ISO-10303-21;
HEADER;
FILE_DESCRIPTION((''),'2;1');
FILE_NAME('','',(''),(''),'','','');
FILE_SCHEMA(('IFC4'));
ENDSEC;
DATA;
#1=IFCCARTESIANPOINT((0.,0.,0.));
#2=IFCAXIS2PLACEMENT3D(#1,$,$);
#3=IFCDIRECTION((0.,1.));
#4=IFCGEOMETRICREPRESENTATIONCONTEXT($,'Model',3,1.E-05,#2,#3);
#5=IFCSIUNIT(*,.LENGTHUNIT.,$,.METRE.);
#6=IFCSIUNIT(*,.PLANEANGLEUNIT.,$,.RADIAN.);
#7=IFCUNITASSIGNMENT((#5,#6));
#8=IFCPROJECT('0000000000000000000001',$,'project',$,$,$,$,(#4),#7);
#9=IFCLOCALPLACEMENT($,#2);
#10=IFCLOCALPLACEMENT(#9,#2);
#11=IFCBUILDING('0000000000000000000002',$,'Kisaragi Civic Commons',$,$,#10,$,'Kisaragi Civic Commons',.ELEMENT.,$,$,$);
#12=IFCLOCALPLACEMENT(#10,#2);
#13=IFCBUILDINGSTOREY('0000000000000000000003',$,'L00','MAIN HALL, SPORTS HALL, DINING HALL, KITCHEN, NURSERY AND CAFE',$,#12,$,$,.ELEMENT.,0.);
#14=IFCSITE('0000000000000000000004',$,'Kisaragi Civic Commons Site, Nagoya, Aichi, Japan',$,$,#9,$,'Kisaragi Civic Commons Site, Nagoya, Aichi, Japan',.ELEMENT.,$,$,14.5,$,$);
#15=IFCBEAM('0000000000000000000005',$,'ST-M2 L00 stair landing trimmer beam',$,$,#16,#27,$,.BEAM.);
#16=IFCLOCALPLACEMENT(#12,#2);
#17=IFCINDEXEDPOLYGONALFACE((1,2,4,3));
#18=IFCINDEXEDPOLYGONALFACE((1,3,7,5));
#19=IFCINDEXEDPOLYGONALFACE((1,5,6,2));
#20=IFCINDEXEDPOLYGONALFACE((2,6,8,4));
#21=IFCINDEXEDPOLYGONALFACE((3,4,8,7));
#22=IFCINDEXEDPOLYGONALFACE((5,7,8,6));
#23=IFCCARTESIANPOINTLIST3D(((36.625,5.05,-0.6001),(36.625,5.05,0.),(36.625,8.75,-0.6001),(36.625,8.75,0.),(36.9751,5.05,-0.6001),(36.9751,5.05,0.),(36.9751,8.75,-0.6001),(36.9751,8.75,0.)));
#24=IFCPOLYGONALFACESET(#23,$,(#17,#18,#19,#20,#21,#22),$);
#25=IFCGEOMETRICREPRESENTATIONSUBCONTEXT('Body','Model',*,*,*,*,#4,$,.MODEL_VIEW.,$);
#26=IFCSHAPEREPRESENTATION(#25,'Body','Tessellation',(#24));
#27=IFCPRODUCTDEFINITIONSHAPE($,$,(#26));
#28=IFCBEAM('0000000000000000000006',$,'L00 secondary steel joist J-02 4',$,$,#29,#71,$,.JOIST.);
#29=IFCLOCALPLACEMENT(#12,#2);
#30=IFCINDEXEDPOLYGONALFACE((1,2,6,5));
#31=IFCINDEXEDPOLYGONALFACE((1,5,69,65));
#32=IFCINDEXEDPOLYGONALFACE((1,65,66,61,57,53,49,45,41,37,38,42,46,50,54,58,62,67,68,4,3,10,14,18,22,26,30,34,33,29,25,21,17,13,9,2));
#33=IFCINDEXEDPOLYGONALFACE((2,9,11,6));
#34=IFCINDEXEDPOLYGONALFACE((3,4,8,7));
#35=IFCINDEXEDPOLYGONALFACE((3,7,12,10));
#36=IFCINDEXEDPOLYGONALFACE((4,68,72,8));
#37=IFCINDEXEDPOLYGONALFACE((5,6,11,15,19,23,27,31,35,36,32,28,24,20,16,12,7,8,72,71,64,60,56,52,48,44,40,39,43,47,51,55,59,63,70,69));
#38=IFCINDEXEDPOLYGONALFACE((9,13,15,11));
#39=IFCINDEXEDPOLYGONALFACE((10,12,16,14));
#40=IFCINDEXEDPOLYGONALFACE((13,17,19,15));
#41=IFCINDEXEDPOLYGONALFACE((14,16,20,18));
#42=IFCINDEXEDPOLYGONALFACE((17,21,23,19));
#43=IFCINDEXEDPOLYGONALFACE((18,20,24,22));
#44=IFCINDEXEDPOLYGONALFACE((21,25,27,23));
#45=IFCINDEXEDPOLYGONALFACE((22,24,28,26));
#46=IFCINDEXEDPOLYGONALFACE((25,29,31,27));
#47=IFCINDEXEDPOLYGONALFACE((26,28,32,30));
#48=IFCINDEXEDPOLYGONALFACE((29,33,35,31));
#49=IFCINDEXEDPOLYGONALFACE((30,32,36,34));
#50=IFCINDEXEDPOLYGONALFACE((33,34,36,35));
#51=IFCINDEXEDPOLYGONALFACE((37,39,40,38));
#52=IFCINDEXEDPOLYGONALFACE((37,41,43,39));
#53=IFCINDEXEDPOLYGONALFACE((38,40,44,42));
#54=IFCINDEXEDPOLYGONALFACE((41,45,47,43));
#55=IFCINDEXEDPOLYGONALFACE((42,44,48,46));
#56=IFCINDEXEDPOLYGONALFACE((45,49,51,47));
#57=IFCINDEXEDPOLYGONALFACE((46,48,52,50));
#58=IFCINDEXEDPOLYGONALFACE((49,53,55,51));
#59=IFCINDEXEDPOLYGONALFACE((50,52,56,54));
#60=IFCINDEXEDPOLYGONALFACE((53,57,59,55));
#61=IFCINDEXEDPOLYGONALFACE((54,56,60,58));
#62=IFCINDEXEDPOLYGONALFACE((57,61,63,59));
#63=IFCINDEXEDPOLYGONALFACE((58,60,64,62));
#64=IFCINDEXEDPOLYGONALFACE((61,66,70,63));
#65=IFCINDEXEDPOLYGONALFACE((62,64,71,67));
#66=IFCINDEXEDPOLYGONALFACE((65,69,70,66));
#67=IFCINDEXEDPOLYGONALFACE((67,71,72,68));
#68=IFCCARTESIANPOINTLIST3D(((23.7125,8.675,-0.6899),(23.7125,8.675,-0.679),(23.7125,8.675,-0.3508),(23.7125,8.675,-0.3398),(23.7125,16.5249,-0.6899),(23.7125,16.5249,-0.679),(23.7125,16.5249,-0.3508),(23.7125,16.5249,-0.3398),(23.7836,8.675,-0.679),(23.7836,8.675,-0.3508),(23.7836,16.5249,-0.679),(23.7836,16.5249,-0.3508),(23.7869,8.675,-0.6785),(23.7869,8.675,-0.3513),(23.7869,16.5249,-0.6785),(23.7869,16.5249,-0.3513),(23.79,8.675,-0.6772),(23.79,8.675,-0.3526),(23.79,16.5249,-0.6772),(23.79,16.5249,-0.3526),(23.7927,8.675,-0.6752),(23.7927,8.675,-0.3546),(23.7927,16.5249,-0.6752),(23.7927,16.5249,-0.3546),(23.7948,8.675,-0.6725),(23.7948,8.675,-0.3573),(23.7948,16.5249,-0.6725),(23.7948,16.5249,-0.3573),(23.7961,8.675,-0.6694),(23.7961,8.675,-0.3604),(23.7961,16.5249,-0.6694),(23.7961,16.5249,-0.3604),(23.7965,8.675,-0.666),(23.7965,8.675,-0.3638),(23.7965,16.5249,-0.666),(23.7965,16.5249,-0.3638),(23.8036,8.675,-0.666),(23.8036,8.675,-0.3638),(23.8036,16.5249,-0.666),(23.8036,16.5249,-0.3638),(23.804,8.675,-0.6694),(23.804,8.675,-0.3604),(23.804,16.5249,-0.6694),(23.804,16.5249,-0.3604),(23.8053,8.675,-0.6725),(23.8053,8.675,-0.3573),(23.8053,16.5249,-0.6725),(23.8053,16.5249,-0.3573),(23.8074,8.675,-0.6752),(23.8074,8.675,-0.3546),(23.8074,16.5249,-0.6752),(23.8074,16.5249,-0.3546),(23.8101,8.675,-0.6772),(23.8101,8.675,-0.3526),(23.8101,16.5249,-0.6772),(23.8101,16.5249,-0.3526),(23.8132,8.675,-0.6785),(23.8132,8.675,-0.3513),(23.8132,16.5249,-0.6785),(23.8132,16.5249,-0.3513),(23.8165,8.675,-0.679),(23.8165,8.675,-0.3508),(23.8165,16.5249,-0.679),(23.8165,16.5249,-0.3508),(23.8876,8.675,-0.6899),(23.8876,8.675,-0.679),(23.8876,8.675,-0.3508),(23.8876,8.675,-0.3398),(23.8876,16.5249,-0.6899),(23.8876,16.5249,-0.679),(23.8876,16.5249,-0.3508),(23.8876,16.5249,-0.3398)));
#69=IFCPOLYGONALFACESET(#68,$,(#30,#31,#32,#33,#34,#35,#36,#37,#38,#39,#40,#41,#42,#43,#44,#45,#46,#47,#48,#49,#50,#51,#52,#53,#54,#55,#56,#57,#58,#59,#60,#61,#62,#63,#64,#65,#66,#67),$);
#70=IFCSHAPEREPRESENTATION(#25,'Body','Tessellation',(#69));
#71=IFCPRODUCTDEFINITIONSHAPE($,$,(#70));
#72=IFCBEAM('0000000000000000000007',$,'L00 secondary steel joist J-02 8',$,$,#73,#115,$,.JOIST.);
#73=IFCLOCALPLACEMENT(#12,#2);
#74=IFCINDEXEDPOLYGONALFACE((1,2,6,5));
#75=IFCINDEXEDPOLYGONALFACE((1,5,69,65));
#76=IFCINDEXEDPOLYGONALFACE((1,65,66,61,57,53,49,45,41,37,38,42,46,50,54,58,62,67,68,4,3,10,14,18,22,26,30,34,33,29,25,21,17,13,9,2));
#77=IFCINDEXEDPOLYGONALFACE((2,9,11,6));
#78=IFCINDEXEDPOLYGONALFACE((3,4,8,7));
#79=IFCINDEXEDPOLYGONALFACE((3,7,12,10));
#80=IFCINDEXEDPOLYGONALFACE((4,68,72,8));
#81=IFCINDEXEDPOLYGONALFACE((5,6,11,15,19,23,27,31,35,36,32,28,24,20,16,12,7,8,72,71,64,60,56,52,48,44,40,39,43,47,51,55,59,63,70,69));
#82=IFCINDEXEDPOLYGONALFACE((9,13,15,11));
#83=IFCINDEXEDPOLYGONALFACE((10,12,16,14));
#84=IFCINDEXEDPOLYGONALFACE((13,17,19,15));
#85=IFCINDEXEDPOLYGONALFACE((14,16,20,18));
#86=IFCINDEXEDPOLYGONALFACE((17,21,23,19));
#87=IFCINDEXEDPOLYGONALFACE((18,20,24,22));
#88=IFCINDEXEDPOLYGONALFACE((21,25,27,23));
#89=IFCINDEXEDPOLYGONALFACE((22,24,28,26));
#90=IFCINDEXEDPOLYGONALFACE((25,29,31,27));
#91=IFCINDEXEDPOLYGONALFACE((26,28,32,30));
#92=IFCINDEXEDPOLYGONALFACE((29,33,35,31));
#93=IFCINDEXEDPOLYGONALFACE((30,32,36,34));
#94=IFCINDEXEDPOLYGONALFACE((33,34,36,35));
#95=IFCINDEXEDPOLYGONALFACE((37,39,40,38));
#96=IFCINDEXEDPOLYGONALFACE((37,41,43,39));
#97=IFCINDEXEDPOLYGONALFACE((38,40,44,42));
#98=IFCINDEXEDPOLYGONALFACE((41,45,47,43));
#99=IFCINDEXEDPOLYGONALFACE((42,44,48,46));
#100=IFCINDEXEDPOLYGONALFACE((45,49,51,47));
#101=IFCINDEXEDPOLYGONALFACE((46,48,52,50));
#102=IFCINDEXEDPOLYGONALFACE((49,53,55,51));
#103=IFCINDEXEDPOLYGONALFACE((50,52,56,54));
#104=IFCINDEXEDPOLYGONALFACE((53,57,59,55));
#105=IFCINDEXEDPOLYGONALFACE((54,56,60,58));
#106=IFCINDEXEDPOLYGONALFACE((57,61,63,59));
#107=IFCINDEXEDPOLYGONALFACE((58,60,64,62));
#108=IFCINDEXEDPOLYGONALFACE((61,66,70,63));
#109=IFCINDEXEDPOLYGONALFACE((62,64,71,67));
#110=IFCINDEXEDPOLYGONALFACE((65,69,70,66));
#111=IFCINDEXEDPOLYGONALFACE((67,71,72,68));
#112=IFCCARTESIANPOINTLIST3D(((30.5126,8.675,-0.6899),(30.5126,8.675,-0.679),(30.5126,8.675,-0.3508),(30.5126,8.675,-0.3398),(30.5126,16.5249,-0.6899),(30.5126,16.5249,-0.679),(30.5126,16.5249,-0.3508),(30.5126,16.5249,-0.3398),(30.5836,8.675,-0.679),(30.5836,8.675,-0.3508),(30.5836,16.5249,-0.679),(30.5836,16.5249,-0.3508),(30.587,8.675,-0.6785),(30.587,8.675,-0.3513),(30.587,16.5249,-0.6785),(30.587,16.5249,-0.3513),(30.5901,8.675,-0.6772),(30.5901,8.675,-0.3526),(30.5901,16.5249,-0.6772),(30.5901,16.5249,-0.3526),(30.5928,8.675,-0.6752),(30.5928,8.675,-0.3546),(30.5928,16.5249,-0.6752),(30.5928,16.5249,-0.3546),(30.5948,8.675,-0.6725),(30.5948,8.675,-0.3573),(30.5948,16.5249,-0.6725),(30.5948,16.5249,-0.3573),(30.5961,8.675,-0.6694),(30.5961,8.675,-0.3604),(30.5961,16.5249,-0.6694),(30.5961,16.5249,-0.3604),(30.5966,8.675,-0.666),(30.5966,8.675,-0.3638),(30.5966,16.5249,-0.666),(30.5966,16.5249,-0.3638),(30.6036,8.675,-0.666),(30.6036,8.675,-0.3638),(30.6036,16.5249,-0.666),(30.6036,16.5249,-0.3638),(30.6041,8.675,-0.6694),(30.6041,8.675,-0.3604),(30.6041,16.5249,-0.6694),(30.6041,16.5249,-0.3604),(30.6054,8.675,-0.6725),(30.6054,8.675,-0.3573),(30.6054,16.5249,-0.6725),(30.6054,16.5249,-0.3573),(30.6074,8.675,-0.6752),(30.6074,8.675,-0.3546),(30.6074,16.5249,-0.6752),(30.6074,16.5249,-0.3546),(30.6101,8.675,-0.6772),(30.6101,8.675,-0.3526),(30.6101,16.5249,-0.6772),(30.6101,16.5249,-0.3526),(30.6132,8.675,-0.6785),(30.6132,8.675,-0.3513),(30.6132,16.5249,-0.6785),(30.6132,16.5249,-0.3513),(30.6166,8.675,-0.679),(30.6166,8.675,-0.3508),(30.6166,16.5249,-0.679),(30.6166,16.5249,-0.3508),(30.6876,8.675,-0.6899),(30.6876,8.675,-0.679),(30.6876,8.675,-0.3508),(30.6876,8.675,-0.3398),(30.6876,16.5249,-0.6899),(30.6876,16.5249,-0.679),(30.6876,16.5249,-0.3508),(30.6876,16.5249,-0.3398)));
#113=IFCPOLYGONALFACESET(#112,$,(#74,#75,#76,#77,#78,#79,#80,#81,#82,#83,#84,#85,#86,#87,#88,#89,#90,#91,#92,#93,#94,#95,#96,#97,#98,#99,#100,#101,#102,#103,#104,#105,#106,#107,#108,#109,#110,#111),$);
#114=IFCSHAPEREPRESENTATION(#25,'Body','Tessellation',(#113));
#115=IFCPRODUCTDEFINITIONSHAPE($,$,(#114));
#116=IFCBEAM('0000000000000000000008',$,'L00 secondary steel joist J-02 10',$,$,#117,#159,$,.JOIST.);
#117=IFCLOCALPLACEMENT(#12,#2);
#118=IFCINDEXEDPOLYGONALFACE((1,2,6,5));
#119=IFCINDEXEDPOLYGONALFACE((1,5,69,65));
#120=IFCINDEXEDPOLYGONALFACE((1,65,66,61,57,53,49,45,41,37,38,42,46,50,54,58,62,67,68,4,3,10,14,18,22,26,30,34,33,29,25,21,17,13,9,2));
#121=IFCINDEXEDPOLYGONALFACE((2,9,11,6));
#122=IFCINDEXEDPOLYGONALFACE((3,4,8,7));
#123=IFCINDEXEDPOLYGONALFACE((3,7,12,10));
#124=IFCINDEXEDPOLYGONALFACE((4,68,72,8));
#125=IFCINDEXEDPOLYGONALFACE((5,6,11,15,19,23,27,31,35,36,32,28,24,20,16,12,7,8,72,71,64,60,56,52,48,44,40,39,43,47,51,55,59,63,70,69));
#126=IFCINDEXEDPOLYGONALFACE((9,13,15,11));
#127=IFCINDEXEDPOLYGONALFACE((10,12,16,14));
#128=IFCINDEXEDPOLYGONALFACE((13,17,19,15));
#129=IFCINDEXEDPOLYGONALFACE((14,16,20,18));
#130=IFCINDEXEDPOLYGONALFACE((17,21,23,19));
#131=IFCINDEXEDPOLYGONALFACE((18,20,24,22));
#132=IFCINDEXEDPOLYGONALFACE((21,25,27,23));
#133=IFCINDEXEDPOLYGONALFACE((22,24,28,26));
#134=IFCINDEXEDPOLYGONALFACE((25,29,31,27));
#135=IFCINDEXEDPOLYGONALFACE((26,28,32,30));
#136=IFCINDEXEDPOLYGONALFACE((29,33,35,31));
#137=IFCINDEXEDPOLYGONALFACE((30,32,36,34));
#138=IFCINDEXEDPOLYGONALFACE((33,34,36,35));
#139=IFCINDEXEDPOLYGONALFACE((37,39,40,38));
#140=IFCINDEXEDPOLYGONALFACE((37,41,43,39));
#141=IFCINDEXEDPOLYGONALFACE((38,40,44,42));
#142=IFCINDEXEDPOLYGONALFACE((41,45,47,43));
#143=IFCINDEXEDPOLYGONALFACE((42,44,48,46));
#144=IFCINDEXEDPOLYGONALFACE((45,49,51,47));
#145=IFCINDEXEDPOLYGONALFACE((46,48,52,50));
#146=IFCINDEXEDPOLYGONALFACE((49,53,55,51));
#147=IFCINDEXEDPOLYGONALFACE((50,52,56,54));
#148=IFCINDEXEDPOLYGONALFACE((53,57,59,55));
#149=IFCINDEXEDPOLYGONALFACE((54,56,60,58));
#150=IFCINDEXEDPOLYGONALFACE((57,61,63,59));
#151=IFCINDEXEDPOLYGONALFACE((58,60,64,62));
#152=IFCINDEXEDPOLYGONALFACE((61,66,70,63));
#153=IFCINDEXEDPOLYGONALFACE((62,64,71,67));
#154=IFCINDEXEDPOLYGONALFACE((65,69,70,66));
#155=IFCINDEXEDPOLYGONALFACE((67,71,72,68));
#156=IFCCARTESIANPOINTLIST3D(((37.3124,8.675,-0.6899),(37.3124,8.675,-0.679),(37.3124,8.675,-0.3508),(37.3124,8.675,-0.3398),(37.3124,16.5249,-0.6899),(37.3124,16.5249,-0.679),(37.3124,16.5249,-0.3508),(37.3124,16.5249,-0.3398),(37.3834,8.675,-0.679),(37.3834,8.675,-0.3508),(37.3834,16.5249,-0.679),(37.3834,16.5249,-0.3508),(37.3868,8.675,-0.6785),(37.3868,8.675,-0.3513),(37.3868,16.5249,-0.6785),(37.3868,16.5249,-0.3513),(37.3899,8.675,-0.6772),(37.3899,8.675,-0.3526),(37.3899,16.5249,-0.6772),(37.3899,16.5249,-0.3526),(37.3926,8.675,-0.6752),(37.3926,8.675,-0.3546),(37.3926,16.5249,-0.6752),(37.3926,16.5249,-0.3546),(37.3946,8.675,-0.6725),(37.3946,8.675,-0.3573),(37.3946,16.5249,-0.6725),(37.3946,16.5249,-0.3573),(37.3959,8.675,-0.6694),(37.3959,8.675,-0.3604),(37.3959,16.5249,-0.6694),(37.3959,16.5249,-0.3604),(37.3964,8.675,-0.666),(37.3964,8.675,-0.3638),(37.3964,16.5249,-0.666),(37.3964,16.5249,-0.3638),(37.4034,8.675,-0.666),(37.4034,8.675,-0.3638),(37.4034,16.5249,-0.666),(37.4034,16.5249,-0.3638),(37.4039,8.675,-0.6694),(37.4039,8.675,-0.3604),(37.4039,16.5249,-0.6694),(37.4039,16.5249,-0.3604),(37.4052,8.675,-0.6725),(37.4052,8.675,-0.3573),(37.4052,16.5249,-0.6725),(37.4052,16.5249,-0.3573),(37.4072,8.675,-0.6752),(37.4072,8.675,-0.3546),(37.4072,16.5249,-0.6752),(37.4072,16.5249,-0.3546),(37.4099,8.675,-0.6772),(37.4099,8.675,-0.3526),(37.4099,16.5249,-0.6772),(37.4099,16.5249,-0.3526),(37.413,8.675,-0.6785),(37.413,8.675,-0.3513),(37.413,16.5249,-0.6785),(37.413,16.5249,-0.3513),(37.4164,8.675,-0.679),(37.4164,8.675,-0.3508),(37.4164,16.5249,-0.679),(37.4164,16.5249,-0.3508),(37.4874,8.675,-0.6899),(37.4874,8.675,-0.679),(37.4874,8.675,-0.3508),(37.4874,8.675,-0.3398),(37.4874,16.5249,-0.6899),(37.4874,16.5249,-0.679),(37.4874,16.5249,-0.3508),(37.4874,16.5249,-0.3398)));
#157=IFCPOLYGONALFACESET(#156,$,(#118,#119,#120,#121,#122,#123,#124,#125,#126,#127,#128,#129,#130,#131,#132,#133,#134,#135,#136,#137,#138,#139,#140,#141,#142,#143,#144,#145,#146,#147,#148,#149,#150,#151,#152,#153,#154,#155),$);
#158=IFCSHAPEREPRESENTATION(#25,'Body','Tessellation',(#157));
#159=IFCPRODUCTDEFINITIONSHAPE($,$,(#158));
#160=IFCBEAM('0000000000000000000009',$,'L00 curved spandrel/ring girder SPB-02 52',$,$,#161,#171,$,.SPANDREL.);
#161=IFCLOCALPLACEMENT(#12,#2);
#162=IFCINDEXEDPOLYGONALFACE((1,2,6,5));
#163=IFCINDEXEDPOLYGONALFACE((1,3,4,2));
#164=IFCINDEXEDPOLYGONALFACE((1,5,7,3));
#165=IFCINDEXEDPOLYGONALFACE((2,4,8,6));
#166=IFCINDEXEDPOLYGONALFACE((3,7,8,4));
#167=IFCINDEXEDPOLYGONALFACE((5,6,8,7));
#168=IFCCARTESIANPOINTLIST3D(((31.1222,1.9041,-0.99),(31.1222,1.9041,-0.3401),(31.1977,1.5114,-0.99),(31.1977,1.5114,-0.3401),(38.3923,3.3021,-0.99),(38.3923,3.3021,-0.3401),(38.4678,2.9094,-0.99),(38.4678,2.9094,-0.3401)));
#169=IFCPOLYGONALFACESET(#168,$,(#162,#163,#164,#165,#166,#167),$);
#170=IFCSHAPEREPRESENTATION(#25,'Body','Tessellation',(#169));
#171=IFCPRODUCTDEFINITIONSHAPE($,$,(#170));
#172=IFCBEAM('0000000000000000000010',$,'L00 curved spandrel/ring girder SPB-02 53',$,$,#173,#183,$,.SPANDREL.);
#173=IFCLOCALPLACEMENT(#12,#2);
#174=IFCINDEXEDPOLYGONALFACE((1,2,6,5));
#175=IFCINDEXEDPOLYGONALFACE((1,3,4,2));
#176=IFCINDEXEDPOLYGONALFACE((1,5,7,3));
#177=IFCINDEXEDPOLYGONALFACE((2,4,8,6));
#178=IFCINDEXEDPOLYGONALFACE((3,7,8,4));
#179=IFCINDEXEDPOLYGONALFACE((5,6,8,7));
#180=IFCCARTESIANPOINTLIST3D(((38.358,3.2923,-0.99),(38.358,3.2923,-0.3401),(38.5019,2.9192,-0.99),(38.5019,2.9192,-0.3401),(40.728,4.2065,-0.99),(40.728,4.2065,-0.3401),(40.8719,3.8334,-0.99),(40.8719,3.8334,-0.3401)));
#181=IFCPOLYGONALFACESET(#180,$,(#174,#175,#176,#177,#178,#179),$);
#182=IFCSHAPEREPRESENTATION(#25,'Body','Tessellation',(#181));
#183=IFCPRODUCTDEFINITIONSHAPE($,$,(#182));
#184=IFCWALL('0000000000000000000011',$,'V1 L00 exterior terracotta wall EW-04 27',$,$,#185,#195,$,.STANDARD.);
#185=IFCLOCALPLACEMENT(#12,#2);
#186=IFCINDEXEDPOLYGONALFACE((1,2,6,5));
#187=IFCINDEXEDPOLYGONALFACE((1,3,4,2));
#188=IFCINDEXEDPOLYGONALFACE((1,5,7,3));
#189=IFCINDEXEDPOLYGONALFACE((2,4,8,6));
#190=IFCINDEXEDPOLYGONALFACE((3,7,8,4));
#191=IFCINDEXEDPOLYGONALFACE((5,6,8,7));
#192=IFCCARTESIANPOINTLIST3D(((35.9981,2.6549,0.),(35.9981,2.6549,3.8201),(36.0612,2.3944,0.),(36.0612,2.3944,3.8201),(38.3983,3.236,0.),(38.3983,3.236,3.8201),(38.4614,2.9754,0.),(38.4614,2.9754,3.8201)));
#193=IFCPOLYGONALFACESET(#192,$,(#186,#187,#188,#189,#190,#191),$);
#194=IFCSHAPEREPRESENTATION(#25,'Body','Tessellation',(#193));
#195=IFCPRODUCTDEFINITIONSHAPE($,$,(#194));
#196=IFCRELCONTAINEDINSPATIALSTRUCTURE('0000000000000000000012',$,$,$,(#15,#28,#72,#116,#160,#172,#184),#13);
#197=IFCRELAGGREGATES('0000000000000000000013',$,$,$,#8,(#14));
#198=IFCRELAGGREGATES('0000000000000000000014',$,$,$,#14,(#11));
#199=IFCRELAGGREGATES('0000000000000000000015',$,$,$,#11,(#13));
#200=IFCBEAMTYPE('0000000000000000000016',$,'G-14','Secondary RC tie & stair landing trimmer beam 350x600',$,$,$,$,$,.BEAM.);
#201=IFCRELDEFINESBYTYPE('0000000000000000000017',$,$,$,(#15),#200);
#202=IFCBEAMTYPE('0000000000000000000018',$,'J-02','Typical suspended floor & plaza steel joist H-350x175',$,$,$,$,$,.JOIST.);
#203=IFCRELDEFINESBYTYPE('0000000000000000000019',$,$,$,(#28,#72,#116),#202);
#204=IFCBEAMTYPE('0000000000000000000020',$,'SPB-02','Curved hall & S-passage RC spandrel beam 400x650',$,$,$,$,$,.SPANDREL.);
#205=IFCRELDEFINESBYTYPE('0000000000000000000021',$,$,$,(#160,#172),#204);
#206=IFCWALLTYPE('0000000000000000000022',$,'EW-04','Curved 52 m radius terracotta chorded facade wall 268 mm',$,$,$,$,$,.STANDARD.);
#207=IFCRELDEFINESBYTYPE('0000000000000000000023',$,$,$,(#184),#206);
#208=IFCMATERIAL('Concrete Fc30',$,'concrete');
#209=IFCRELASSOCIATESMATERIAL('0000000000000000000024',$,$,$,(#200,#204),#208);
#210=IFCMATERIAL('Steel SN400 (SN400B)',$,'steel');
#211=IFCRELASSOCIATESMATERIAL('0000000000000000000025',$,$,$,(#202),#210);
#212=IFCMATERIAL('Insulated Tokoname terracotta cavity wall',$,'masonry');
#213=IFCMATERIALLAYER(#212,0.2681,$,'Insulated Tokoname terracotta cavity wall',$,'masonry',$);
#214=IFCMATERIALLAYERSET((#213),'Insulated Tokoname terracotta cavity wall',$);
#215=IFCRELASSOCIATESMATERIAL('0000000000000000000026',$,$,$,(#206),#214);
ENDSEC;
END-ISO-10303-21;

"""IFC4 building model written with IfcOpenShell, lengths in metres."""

from ifc_helpers import new_model, si_unit, direction, frame, frame_2d, origin, origin_2d, place, context, subcontext, project, spatial, rectangle, i_section, extrude, material, layer, layer_set, material_profile, profile_set, type_object, element, save


model = new_model("IFC4")

# Units and contexts
model_context = context("Model", 3, precision=1e-05, world=origin(), true_north=direction((0.0, 1.0)))
body_context = subcontext(model_context, "Body", "Model", "MODEL_VIEW")
ifc_project = project(units=[si_unit("LENGTHUNIT", "METRE"), si_unit("PLANEANGLEUNIT", "RADIAN")], contexts=[model_context])

# Site, building, storey
site_placement = place(None, origin())
site = spatial("IfcSite", under=ifc_project, at=site_placement, Name="Kisaragi Civic Commons Site, Nagoya, Aichi, Japan", LongName="Kisaragi Civic Commons Site, Nagoya, Aichi, Japan", CompositionType="ELEMENT", RefElevation=14.5)
building_placement = place(site_placement, origin())
building = spatial("IfcBuilding", under=site, at=building_placement, Name="Kisaragi Civic Commons", LongName="Kisaragi Civic Commons", CompositionType="ELEMENT")
storey_placement = place(building_placement, origin())
storey = spatial("IfcBuildingStorey", under=building, at=storey_placement, Name="L00", Description="MAIN HALL, SPORTS HALL, DINING HALL, KITCHEN, NURSERY AND CAFE", CompositionType="ELEMENT", Elevation=0.0)

# Shared definitions
ifc_material_1 = material(Name="Concrete Fc30", Category="concrete")

# Beams
ifc_material_profile_1 = material_profile(ifc_material_1, rectangle(XDim=0.3501, YDim=0.6001, at=origin_2d()), Name="RC-350x600", Category="concrete")
ifc_profile_set_1 = profile_set([ifc_material_profile_1], Name="Concrete Fc30")
beam_type_1 = type_object("IfcBeamType", Name="G-14", Description="Secondary RC tie & stair landing trimmer beam 350x600", PredefinedType="BEAM", material=ifc_profile_set_1)
beam_1_placement = place(storey_placement, frame((36.8, 5.05, -0.3), z_axis=(0.0, 1.0, 0.0), x_axis=(-1.0, 0.0, 0.0)))
element("IfcBeam", 1, at=beam_1_placement, inside=storey, type_object=beam_type_1, Name="ST-M2 L00 stair landing trimmer beam", PredefinedType="BEAM", context=body_context, shape_type="SweptSolid", body=[
    extrude(rectangle(XDim=0.3501, YDim=0.6001, at=origin_2d()), origin(), (0.0, 0.0, 1.0), 3.7),
])
ifc_material_2 = material(Name="Steel SN400 (SN400B)", Category="steel")
ifc_material_profile_2 = material_profile(ifc_material_2, i_section(OverallWidth=0.175, OverallDepth=0.3501, WebThickness=0.0071, FlangeThickness=0.011, FilletRadius=0.0129, at=origin_2d()), Name="H-350x175x7x11", Category="steel")
ifc_profile_set_2 = profile_set([ifc_material_profile_2], Name="Steel SN400 (SN400B)")
beam_type_2 = type_object("IfcBeamType", Name="J-02", Description="Typical suspended floor & plaza steel joist H-350x175", PredefinedType="JOIST", material=ifc_profile_set_2)
for number, where, z_axis, x_axis, name in (
    (2, (23.8, 8.675, -0.5149), (0.0, 1.0, 0.0), (-1.0, 0.0, 0.0), "L00 secondary steel joist J-02 4"),
    (3, (30.6001, 8.675, -0.5149), (0.0, 1.0, 0.0), (-1.0, 0.0, 0.0), "L00 secondary steel joist J-02 8"),
    (4, (37.3999, 8.675, -0.5149), (0.0, 1.0, 0.0), (-1.0, 0.0, 0.0), "L00 secondary steel joist J-02 10"),
):
    element("IfcBeam", number, at=place(storey_placement, frame(where, z_axis=z_axis, x_axis=x_axis)), inside=storey, type_object=beam_type_2, Name=name, PredefinedType="JOIST", context=body_context, shape_type="SweptSolid", body=[
        extrude(i_section(OverallWidth=0.175, OverallDepth=0.3501, WebThickness=0.0071, FlangeThickness=0.011, FilletRadius=0.0129, at=origin_2d()), origin(), (0.0, 0.0, 1.0), 7.8499),
    ])
ifc_material_profile_3 = material_profile(ifc_material_1, rectangle(XDim=0.3999, YDim=0.6499, at=origin_2d()), Name="RC-400x650", Category="concrete")
ifc_profile_set_3 = profile_set([ifc_material_profile_3], Name="Concrete Fc30")
beam_type_3 = type_object("IfcBeamType", Name="SPB-02", Description="Curved hall & S-passage RC spandrel beam 400x650", PredefinedType="SPANDREL", material=ifc_profile_set_3)
beam_2_placement = place(storey_placement, frame((31.1599, 1.7078, -0.665), z_axis=(0.98201, 0.18883, 0.0), x_axis=(-0.18883, 0.98201, 0.0)))
element("IfcBeam", 5, at=beam_2_placement, inside=storey, type_object=beam_type_3, Name="L00 curved spandrel/ring girder SPB-02 52", PredefinedType="SPANDREL", context=body_context, shape_type="SweptSolid", body=[
    extrude(rectangle(XDim=0.3999, YDim=0.6499, at=origin_2d()), origin(), (0.0, 0.0, 1.0), 7.4033),
])
beam_3_placement = place(storey_placement, frame((38.4299, 3.1057, -0.665), z_axis=(0.932986, 0.359913, 0.0), x_axis=(-0.359913, 0.932986, 0.0)))
element("IfcBeam", 6, at=beam_3_placement, inside=storey, type_object=beam_type_3, Name="L00 curved spandrel/ring girder SPB-02 53", PredefinedType="SPANDREL", context=body_context, shape_type="SweptSolid", body=[
    extrude(rectangle(XDim=0.3999, YDim=0.6499, at=origin_2d()), origin(), (0.0, 0.0, 1.0), 2.5403),
])

# Wall
ifc_material_3 = material(Name="Insulated Tokoname terracotta cavity wall", Category="masonry")
ifc_layer_1 = layer(ifc_material_3, 0.2681, Name="Insulated Tokoname terracotta cavity wall", Category="masonry")
ifc_layer_set_1 = layer_set([ifc_layer_1], Name="Insulated Tokoname terracotta cavity wall")
wall_type_1 = type_object("IfcWallType", Name="EW-04", Description="Curved 52 m radius terracotta chorded facade wall 268 mm", PredefinedType="STANDARD", material=ifc_layer_set_1)
wall_1_placement = place(storey_placement, frame((38.4299, 3.1057, 0.0), z_axis=(0.0, 0.0, 1.0), x_axis=(-0.971924, -0.235294, 0.0)))
element("IfcWall", 7, at=wall_1_placement, inside=storey, type_object=wall_type_1, Name="V1 L00 exterior terracotta wall EW-04 27", PredefinedType="STANDARD", context=body_context, shape_type="SweptSolid", body=[
    extrude(rectangle(XDim=2.4695, YDim=0.2681, at=frame_2d((1.2349, 0.0))), origin(), (0.0, 0.0, 1.0), 3.8201),
])

save(model, "model.ifc")
